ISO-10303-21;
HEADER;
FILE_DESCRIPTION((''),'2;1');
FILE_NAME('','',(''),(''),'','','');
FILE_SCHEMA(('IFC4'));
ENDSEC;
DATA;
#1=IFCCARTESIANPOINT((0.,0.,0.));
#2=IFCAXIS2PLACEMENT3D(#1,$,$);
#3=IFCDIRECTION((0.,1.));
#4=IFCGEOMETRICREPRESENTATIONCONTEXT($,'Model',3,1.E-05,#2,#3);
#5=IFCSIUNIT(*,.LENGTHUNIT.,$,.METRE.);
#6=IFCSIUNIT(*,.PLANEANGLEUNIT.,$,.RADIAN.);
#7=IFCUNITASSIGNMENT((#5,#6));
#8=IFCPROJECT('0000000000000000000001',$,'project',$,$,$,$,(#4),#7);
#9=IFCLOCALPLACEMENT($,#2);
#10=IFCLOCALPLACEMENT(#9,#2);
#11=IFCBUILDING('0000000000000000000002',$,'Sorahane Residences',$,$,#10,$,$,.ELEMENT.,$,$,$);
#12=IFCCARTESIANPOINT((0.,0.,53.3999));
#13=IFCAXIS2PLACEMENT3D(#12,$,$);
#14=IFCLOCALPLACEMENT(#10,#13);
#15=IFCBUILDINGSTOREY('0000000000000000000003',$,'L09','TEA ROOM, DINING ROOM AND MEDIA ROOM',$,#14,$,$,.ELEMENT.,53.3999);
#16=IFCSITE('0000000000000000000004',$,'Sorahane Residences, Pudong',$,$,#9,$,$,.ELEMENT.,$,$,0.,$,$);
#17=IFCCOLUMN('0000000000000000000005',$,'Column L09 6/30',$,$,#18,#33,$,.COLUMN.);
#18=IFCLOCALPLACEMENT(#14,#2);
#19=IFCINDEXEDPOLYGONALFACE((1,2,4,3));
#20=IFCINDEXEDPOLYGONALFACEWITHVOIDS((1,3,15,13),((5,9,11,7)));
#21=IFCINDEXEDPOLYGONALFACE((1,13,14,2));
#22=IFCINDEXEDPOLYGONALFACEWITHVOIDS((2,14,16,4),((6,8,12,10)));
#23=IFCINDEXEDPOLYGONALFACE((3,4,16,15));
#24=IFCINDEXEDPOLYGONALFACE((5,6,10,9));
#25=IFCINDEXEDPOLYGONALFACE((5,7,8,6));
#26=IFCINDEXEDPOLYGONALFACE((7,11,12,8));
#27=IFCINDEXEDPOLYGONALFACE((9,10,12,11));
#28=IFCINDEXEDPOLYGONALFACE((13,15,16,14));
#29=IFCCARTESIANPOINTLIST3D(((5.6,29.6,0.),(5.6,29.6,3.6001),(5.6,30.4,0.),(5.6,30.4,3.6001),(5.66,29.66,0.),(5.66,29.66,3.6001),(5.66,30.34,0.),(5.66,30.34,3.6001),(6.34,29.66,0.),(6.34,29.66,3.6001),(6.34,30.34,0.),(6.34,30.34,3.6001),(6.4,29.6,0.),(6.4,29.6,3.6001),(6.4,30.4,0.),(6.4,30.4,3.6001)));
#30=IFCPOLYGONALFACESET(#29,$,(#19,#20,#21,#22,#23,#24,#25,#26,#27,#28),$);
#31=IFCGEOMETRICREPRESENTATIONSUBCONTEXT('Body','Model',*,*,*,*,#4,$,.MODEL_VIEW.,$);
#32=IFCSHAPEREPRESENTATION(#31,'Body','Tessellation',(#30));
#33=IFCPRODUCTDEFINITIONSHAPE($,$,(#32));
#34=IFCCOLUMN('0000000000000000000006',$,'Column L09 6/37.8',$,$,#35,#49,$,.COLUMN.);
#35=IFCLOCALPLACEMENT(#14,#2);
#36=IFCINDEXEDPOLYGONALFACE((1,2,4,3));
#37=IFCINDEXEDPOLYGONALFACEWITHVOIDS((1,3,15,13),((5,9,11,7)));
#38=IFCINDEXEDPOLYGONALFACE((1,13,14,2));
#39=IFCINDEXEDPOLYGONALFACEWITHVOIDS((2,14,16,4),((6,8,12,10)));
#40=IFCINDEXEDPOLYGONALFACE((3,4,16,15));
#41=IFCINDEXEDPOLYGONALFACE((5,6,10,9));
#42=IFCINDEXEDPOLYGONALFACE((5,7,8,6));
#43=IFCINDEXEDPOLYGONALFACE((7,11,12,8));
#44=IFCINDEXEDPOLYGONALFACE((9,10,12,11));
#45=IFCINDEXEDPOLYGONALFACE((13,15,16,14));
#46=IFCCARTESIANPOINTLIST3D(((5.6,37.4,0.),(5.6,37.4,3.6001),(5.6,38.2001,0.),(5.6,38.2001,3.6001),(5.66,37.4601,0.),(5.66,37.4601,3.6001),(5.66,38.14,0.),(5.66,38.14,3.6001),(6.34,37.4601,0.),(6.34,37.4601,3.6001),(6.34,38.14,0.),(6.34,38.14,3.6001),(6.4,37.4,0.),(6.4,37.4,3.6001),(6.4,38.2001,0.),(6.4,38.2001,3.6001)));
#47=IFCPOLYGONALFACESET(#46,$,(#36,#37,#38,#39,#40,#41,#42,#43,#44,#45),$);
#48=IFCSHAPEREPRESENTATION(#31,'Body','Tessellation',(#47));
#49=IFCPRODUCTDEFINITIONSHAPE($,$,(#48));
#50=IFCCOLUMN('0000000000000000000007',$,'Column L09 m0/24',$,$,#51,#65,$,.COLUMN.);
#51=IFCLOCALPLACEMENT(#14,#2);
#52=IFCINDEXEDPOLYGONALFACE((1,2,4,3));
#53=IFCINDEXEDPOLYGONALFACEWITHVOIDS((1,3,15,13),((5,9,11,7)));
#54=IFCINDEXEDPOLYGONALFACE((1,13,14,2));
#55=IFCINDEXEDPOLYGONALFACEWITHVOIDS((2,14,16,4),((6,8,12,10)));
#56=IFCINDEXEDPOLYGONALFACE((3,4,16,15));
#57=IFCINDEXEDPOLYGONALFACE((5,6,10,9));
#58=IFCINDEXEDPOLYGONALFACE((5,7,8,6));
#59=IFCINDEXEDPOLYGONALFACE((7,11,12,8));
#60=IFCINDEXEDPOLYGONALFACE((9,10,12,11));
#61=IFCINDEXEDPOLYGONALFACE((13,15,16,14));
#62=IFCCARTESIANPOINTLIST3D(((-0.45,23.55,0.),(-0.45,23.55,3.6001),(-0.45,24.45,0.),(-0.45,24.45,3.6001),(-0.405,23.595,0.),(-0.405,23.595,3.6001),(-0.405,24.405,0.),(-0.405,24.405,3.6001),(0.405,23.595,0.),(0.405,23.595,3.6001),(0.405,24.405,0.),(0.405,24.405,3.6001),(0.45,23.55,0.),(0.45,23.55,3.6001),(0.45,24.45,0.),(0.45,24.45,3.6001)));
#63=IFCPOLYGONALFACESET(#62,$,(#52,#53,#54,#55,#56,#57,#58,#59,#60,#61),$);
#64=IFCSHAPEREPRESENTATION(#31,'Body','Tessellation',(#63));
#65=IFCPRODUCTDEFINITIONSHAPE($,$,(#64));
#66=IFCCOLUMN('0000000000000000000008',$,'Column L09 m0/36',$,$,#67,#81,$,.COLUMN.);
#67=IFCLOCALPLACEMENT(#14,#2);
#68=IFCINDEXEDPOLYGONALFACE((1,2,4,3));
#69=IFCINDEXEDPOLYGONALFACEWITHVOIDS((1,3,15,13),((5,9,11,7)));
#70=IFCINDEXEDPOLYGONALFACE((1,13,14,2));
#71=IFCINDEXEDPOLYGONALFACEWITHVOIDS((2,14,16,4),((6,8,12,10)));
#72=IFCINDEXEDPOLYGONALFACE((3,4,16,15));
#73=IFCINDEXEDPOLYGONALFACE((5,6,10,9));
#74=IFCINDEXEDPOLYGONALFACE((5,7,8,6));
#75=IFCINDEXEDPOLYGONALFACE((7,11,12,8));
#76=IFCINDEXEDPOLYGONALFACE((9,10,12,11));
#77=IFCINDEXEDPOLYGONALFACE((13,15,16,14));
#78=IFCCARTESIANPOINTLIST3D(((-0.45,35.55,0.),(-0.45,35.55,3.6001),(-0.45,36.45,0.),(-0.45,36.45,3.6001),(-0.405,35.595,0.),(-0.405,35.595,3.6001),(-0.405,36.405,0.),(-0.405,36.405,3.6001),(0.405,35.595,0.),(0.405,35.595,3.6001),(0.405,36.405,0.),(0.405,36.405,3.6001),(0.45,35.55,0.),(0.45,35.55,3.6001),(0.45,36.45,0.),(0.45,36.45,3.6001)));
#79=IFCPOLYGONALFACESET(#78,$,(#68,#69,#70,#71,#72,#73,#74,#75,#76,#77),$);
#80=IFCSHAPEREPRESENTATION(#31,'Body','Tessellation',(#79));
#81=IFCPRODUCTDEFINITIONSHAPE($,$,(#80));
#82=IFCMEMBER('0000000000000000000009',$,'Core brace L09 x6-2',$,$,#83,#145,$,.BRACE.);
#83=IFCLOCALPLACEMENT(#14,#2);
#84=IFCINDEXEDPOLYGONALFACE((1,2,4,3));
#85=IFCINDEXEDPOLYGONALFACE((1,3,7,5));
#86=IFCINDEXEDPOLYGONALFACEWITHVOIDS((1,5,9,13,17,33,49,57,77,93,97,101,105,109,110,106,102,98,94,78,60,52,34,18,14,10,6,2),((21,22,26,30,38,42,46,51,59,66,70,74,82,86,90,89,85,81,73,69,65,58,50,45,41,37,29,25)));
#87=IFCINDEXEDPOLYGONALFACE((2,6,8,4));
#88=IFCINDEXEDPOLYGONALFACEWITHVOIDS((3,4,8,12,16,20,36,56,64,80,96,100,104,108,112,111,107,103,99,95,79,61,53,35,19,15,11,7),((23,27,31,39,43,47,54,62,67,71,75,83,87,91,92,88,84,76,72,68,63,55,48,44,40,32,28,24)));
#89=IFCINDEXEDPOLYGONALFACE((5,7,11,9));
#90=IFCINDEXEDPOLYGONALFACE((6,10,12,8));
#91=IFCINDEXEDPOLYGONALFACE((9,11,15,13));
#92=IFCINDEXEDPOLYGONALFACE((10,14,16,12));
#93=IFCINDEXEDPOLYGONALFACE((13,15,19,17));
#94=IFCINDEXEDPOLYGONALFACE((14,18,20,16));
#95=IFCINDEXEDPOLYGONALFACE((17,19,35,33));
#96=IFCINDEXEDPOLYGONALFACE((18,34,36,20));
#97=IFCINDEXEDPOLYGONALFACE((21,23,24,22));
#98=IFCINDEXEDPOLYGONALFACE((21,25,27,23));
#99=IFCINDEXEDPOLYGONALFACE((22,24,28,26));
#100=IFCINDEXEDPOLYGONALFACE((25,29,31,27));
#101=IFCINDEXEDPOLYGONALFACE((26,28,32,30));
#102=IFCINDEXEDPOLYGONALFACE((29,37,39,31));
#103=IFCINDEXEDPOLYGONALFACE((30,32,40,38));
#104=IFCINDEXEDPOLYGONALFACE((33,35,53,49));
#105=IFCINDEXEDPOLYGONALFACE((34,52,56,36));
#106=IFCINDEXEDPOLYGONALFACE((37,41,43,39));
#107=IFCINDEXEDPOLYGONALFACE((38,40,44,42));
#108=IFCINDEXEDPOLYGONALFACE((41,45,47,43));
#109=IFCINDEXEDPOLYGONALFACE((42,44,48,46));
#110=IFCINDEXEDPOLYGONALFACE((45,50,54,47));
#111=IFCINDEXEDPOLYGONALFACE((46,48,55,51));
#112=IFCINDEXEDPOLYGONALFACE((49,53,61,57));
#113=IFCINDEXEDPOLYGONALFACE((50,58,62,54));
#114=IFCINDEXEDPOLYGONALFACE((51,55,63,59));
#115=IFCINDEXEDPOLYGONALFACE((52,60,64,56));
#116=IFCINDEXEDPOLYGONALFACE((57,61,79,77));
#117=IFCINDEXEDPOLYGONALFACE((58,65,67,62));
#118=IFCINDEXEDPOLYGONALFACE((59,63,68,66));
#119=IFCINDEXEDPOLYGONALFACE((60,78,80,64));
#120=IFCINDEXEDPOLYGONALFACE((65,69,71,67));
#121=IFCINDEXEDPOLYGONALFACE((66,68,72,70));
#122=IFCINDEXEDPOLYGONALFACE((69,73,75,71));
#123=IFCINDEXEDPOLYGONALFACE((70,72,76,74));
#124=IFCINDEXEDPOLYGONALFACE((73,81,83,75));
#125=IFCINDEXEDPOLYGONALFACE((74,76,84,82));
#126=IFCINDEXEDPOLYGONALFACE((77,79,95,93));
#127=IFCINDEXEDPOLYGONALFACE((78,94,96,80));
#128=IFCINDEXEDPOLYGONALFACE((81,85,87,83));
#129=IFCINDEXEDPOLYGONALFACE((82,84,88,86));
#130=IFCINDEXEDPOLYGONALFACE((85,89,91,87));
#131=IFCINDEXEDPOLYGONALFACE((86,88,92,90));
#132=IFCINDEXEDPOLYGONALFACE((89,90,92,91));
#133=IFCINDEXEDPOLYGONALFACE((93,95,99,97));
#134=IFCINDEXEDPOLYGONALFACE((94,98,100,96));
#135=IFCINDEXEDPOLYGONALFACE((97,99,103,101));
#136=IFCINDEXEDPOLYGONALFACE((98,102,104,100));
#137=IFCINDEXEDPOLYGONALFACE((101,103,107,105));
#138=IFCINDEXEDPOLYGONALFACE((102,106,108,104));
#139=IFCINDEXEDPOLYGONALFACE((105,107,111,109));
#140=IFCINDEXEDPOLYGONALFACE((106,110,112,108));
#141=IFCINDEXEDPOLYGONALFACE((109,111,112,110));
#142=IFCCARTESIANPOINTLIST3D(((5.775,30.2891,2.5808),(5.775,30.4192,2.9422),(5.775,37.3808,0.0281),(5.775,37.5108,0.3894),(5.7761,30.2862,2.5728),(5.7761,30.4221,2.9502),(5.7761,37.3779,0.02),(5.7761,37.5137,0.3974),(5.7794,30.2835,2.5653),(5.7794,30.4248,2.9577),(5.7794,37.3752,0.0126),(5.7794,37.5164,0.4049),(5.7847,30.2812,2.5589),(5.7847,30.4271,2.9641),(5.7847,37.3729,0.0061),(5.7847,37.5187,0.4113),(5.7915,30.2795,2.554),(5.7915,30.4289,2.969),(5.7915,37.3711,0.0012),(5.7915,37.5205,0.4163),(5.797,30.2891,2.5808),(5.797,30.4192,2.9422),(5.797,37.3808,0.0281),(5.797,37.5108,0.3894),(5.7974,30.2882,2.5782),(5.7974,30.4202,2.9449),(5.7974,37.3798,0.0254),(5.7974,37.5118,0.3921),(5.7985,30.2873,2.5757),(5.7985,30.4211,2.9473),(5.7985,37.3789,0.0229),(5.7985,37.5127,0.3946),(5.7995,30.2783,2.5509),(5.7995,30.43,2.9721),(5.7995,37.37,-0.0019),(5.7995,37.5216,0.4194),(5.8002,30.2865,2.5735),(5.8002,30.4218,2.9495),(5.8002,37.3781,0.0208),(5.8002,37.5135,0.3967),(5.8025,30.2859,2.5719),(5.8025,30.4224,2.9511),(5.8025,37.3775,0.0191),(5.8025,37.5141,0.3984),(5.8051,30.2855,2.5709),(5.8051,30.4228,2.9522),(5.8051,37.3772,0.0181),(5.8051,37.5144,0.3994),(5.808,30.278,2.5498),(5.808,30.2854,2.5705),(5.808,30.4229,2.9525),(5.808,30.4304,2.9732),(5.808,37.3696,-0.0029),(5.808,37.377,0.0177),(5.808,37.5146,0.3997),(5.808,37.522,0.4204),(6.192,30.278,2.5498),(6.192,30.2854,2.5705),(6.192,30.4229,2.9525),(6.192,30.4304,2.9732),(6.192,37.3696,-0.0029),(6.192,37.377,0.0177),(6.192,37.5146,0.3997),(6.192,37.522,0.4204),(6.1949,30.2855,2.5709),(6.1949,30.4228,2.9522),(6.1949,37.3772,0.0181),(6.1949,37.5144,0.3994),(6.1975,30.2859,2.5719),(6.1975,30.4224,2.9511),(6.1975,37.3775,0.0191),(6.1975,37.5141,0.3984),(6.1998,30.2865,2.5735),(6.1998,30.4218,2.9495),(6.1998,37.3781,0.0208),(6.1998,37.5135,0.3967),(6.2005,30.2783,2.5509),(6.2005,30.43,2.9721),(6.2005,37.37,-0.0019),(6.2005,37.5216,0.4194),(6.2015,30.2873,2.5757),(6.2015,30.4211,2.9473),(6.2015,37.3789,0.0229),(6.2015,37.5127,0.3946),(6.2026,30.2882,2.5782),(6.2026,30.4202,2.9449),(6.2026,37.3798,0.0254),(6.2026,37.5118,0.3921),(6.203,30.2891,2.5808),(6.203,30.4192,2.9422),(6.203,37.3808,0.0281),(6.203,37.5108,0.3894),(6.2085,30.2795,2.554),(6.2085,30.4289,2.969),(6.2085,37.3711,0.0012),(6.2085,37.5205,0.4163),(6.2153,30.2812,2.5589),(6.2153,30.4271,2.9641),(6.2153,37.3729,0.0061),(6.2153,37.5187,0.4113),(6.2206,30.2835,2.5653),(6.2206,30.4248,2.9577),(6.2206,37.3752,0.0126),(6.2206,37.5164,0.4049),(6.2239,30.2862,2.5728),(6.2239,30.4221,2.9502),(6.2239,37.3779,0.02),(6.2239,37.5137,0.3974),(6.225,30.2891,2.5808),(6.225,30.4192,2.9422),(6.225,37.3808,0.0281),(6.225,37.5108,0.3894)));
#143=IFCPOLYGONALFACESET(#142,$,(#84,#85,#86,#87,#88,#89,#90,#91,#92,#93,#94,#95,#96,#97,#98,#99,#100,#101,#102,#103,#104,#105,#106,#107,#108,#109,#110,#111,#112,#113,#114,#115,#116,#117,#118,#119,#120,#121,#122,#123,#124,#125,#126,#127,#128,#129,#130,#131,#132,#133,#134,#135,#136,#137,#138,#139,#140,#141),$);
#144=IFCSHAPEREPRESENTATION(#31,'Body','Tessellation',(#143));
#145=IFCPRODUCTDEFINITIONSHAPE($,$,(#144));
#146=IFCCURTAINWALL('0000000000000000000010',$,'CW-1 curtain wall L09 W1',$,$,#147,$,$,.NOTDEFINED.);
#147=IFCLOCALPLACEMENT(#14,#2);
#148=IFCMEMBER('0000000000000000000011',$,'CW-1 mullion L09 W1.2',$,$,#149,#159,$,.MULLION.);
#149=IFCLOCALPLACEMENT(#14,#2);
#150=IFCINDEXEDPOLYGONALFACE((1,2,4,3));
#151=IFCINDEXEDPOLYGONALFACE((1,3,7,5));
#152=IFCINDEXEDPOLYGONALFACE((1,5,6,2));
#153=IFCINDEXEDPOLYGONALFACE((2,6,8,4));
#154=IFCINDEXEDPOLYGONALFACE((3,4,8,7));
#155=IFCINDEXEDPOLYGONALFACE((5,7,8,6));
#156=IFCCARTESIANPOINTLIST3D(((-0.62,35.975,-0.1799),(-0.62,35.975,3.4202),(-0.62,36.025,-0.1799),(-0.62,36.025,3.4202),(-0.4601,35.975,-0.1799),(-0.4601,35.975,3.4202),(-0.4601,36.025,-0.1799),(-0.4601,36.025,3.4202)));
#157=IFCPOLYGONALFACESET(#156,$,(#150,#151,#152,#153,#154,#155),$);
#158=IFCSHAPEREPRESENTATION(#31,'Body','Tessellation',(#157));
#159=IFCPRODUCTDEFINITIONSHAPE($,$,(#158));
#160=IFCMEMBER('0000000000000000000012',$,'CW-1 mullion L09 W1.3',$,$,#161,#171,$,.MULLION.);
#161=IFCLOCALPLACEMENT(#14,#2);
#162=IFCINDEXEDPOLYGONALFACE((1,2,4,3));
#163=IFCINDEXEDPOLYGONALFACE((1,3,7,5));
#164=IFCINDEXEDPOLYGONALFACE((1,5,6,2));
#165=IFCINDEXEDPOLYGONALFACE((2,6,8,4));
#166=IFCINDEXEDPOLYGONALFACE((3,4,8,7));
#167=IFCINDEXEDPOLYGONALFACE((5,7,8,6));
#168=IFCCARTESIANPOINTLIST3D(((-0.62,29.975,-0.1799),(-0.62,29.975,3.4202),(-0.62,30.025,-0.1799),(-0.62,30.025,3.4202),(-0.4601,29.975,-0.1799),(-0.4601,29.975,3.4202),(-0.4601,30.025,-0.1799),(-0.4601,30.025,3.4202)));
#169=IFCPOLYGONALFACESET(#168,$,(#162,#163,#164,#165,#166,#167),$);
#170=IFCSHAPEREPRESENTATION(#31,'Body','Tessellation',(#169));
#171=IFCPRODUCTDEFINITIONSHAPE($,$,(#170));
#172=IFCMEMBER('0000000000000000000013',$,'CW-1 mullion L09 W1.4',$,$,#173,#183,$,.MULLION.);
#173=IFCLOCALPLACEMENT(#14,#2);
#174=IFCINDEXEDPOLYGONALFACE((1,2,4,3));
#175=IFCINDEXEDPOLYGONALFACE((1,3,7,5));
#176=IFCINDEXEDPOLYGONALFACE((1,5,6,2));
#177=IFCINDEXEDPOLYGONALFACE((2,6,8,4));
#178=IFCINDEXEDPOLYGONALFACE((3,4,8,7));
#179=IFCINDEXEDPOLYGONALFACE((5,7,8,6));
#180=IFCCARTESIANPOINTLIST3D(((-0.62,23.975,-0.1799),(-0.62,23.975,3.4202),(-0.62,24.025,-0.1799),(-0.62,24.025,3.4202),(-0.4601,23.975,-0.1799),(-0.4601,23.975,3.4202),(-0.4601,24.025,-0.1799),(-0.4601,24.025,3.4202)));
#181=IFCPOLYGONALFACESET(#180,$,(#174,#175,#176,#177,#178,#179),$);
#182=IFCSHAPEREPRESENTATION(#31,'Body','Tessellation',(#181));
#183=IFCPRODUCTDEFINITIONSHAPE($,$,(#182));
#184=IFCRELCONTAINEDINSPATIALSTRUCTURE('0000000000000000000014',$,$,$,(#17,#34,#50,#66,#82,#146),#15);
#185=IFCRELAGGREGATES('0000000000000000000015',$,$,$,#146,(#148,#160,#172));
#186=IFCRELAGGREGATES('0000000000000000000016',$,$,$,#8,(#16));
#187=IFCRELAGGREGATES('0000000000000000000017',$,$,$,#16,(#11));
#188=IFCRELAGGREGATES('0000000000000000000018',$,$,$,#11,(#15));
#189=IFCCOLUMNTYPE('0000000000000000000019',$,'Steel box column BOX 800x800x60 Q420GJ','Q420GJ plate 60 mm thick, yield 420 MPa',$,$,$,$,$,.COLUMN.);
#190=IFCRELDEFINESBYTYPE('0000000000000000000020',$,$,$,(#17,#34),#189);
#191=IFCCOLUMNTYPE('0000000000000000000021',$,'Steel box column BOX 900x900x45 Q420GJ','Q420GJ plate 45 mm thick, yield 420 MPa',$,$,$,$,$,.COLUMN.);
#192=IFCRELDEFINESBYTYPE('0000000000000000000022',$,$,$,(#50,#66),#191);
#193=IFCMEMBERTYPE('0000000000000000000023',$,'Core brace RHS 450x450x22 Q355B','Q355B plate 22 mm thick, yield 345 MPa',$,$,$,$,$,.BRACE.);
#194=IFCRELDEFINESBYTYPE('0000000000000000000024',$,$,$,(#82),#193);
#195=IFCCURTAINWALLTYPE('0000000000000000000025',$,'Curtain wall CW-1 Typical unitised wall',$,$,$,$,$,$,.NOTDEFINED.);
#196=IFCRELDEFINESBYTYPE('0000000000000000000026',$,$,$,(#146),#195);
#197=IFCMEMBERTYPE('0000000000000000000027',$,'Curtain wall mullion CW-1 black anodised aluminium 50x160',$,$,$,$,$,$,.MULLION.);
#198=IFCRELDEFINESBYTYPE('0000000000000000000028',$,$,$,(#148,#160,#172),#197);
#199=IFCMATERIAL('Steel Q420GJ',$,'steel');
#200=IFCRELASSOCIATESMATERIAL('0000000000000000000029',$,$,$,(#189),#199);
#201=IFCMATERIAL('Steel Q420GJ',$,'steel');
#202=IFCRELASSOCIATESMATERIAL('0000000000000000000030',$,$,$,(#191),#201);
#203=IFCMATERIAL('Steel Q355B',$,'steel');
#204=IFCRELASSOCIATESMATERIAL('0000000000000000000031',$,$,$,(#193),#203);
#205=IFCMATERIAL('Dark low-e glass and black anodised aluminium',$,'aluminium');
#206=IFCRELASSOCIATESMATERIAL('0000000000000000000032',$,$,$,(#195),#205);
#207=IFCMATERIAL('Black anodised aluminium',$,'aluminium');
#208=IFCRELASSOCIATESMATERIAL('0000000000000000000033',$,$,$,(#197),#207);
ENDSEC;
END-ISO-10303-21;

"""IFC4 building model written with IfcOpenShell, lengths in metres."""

from ifc_helpers import new_model, si_unit, direction, frame, origin, origin_2d, place, context, subcontext, project, spatial, rectangle, hollow_rectangle, extrude, material, material_profile, profile_set, type_object, element, aggregate, save


model = new_model("IFC4")

# Units and contexts
model_context = context("Model", 3, precision=1e-05, world=origin(), true_north=direction((0.0, 1.0)))
body_context = subcontext(model_context, "Body", "Model", "MODEL_VIEW")
ifc_project = project(units=[si_unit("LENGTHUNIT", "METRE"), si_unit("PLANEANGLEUNIT", "RADIAN")], contexts=[model_context])

# Site, building, storey
site_placement = place(None, origin())
site = spatial("IfcSite", under=ifc_project, at=site_placement, Name="Sorahane Residences, Pudong", CompositionType="ELEMENT", RefElevation=0.0)
building_placement = place(site_placement, origin())
building = spatial("IfcBuilding", under=site, at=building_placement, Name="Sorahane Residences", CompositionType="ELEMENT")
storey_placement = place(building_placement, frame((0.0, 0.0, 53.3999)))
storey = spatial("IfcBuildingStorey", under=building, at=storey_placement, Name="L09", Description="TEA ROOM, DINING ROOM AND MEDIA ROOM", CompositionType="ELEMENT", Elevation=53.3999)

# Columns
ifc_material_1 = material(Name="Steel Q420GJ", Category="steel")
ifc_material_profile_1 = material_profile(ifc_material_1, hollow_rectangle(XDim=0.8, YDim=0.8, WallThickness=0.0601, at=origin_2d()), Name="BOX 800x800x60")
ifc_profile_set_1 = profile_set([ifc_material_profile_1], Name="Steel Q420GJ")
column_type_1 = type_object("IfcColumnType", Name="Steel box column BOX 800x800x60 Q420GJ", Description="Q420GJ plate 60 mm thick, yield 420 MPa", PredefinedType="COLUMN", material=ifc_profile_set_1)
for number, where, z_axis, x_axis, name in (
    (1, (6.0, 30.0, 0.0), (0.0, 0.0, 1.0), (1.0, 0.0, 0.0), "Column L09 6/30"),
    (2, (6.0, 37.8, 0.0), (0.0, 0.0, 1.0), (1.0, 0.0, 0.0), "Column L09 6/37.8"),
):
    element("IfcColumn", number, at=place(storey_placement, frame(where, z_axis=z_axis, x_axis=x_axis)), inside=storey, type_object=column_type_1, Name=name, PredefinedType="COLUMN", context=body_context, shape_type="SweptSolid", body=[
        extrude(hollow_rectangle(XDim=0.8, YDim=0.8, WallThickness=0.0601, at=origin_2d()), origin(), (0.0, 0.0, 1.0), 3.6001),
    ])
ifc_material_2 = material(Name="Steel Q420GJ", Category="steel")
ifc_material_profile_2 = material_profile(ifc_material_2, hollow_rectangle(XDim=0.8999, YDim=0.8999, WallThickness=0.0449, at=origin_2d()), Name="BOX 900x900x45")
ifc_profile_set_2 = profile_set([ifc_material_profile_2], Name="Steel Q420GJ")
column_type_2 = type_object("IfcColumnType", Name="Steel box column BOX 900x900x45 Q420GJ", Description="Q420GJ plate 45 mm thick, yield 420 MPa", PredefinedType="COLUMN", material=ifc_profile_set_2)
for number, where, z_axis, x_axis, name in (
    (3, (0.0, 24.0, 0.0), (0.0, 0.0, 1.0), (1.0, 0.0, 0.0), "Column L09 m0/24"),
    (4, (0.0, 36.0, 0.0), (0.0, 0.0, 1.0), (1.0, 0.0, 0.0), "Column L09 m0/36"),
):
    element("IfcColumn", number, at=place(storey_placement, frame(where, z_axis=z_axis, x_axis=x_axis)), inside=storey, type_object=column_type_2, Name=name, PredefinedType="COLUMN", context=body_context, shape_type="SweptSolid", body=[
        extrude(hollow_rectangle(XDim=0.8999, YDim=0.8999, WallThickness=0.0449, at=origin_2d()), origin(), (0.0, 0.0, 1.0), 3.6001),
    ])

# Member
ifc_material_3 = material(Name="Steel Q355B", Category="steel")
ifc_material_profile_3 = material_profile(ifc_material_3, hollow_rectangle(XDim=0.45, YDim=0.45, WallThickness=0.022, InnerFilletRadius=0.011, OuterFilletRadius=0.033, at=origin_2d()), Name="RHS 450x450x22")
ifc_profile_set_3 = profile_set([ifc_material_profile_3], Name="Steel Q355B")
member_type_1 = type_object("IfcMemberType", Name="Core brace RHS 450x450x22 Q355B", Description="Q355B plate 22 mm thick, yield 345 MPa", PredefinedType="BRACE", material=ifc_profile_set_3)
member_1_placement = place(storey_placement, frame((6.0, 37.4458, 0.2087), z_axis=(0.0, -0.940897, 0.338693), x_axis=(1.0, 0.0, 0.0)))
element("IfcMember", 5, at=member_1_placement, inside=storey, type_object=member_type_1, Name="Core brace L09 x6-2", PredefinedType="BRACE", context=body_context, shape_type="SweptSolid", body=[
    extrude(hollow_rectangle(XDim=0.45, YDim=0.45, WallThickness=0.022, InnerFilletRadius=0.011, OuterFilletRadius=0.033, at=origin_2d()), origin(), (0.0, 0.0, 1.0), 7.5371),
])

# Curtain wall, members
ifc_material_4 = material(Name="Dark low-e glass and black anodised aluminium", Category="aluminium")
curtain_wall_type = type_object("IfcCurtainWallType", Name="Curtain wall CW-1 Typical unitised wall", PredefinedType="NOTDEFINED", material=ifc_material_4)
curtain_wall_placement = place(storey_placement, origin())
curtain_wall = element("IfcCurtainWall", 6, at=curtain_wall_placement, inside=storey, type_object=curtain_wall_type, Name="CW-1 curtain wall L09 W1", PredefinedType="NOTDEFINED")
ifc_material_5 = material(Name="Black anodised aluminium", Category="aluminium")
ifc_material_profile_4 = material_profile(ifc_material_5, rectangle(XDim=0.1599, YDim=0.05, at=origin_2d()), Name="Curtain wall mullion CW-1 black anodised aluminium 50x160")
ifc_profile_set_4 = profile_set([ifc_material_profile_4], Name="Black anodised aluminium")
member_type_2 = type_object("IfcMemberType", Name="Curtain wall mullion CW-1 black anodised aluminium 50x160", PredefinedType="MULLION", material=ifc_profile_set_4)
member_2_placement = place(storey_placement, frame((-0.54, 36.0, -0.1799), z_axis=(0.0, 0.0, 1.0), x_axis=(-1.0, 0.0, 0.0)))
member_2 = element("IfcMember", 7, at=member_2_placement, type_object=member_type_2, Name="CW-1 mullion L09 W1.2", PredefinedType="MULLION", context=body_context, shape_type="SweptSolid", body=[
    extrude(rectangle(XDim=0.1599, YDim=0.05, at=origin_2d()), origin(), (0.0, 0.0, 1.0), 3.6001),
])
member_3_placement = place(storey_placement, frame((-0.54, 30.0, -0.1799), z_axis=(0.0, 0.0, 1.0), x_axis=(-1.0, 0.0, 0.0)))
member_3 = element("IfcMember", 8, at=member_3_placement, type_object=member_type_2, Name="CW-1 mullion L09 W1.3", PredefinedType="MULLION", context=body_context, shape_type="SweptSolid", body=[
    extrude(rectangle(XDim=0.1599, YDim=0.05, at=origin_2d()), origin(), (0.0, 0.0, 1.0), 3.6001),
])
member_4_placement = place(storey_placement, frame((-0.54, 24.0, -0.1799), z_axis=(0.0, 0.0, 1.0), x_axis=(-1.0, 0.0, 0.0)))
member_4 = element("IfcMember", 9, at=member_4_placement, type_object=member_type_2, Name="CW-1 mullion L09 W1.4", PredefinedType="MULLION", context=body_context, shape_type="SweptSolid", body=[
    extrude(rectangle(XDim=0.1599, YDim=0.05, at=origin_2d()), origin(), (0.0, 0.0, 1.0), 3.6001),
])

aggregate(curtain_wall, [member_2, member_3, member_4])

save(model, "model.ifc")
